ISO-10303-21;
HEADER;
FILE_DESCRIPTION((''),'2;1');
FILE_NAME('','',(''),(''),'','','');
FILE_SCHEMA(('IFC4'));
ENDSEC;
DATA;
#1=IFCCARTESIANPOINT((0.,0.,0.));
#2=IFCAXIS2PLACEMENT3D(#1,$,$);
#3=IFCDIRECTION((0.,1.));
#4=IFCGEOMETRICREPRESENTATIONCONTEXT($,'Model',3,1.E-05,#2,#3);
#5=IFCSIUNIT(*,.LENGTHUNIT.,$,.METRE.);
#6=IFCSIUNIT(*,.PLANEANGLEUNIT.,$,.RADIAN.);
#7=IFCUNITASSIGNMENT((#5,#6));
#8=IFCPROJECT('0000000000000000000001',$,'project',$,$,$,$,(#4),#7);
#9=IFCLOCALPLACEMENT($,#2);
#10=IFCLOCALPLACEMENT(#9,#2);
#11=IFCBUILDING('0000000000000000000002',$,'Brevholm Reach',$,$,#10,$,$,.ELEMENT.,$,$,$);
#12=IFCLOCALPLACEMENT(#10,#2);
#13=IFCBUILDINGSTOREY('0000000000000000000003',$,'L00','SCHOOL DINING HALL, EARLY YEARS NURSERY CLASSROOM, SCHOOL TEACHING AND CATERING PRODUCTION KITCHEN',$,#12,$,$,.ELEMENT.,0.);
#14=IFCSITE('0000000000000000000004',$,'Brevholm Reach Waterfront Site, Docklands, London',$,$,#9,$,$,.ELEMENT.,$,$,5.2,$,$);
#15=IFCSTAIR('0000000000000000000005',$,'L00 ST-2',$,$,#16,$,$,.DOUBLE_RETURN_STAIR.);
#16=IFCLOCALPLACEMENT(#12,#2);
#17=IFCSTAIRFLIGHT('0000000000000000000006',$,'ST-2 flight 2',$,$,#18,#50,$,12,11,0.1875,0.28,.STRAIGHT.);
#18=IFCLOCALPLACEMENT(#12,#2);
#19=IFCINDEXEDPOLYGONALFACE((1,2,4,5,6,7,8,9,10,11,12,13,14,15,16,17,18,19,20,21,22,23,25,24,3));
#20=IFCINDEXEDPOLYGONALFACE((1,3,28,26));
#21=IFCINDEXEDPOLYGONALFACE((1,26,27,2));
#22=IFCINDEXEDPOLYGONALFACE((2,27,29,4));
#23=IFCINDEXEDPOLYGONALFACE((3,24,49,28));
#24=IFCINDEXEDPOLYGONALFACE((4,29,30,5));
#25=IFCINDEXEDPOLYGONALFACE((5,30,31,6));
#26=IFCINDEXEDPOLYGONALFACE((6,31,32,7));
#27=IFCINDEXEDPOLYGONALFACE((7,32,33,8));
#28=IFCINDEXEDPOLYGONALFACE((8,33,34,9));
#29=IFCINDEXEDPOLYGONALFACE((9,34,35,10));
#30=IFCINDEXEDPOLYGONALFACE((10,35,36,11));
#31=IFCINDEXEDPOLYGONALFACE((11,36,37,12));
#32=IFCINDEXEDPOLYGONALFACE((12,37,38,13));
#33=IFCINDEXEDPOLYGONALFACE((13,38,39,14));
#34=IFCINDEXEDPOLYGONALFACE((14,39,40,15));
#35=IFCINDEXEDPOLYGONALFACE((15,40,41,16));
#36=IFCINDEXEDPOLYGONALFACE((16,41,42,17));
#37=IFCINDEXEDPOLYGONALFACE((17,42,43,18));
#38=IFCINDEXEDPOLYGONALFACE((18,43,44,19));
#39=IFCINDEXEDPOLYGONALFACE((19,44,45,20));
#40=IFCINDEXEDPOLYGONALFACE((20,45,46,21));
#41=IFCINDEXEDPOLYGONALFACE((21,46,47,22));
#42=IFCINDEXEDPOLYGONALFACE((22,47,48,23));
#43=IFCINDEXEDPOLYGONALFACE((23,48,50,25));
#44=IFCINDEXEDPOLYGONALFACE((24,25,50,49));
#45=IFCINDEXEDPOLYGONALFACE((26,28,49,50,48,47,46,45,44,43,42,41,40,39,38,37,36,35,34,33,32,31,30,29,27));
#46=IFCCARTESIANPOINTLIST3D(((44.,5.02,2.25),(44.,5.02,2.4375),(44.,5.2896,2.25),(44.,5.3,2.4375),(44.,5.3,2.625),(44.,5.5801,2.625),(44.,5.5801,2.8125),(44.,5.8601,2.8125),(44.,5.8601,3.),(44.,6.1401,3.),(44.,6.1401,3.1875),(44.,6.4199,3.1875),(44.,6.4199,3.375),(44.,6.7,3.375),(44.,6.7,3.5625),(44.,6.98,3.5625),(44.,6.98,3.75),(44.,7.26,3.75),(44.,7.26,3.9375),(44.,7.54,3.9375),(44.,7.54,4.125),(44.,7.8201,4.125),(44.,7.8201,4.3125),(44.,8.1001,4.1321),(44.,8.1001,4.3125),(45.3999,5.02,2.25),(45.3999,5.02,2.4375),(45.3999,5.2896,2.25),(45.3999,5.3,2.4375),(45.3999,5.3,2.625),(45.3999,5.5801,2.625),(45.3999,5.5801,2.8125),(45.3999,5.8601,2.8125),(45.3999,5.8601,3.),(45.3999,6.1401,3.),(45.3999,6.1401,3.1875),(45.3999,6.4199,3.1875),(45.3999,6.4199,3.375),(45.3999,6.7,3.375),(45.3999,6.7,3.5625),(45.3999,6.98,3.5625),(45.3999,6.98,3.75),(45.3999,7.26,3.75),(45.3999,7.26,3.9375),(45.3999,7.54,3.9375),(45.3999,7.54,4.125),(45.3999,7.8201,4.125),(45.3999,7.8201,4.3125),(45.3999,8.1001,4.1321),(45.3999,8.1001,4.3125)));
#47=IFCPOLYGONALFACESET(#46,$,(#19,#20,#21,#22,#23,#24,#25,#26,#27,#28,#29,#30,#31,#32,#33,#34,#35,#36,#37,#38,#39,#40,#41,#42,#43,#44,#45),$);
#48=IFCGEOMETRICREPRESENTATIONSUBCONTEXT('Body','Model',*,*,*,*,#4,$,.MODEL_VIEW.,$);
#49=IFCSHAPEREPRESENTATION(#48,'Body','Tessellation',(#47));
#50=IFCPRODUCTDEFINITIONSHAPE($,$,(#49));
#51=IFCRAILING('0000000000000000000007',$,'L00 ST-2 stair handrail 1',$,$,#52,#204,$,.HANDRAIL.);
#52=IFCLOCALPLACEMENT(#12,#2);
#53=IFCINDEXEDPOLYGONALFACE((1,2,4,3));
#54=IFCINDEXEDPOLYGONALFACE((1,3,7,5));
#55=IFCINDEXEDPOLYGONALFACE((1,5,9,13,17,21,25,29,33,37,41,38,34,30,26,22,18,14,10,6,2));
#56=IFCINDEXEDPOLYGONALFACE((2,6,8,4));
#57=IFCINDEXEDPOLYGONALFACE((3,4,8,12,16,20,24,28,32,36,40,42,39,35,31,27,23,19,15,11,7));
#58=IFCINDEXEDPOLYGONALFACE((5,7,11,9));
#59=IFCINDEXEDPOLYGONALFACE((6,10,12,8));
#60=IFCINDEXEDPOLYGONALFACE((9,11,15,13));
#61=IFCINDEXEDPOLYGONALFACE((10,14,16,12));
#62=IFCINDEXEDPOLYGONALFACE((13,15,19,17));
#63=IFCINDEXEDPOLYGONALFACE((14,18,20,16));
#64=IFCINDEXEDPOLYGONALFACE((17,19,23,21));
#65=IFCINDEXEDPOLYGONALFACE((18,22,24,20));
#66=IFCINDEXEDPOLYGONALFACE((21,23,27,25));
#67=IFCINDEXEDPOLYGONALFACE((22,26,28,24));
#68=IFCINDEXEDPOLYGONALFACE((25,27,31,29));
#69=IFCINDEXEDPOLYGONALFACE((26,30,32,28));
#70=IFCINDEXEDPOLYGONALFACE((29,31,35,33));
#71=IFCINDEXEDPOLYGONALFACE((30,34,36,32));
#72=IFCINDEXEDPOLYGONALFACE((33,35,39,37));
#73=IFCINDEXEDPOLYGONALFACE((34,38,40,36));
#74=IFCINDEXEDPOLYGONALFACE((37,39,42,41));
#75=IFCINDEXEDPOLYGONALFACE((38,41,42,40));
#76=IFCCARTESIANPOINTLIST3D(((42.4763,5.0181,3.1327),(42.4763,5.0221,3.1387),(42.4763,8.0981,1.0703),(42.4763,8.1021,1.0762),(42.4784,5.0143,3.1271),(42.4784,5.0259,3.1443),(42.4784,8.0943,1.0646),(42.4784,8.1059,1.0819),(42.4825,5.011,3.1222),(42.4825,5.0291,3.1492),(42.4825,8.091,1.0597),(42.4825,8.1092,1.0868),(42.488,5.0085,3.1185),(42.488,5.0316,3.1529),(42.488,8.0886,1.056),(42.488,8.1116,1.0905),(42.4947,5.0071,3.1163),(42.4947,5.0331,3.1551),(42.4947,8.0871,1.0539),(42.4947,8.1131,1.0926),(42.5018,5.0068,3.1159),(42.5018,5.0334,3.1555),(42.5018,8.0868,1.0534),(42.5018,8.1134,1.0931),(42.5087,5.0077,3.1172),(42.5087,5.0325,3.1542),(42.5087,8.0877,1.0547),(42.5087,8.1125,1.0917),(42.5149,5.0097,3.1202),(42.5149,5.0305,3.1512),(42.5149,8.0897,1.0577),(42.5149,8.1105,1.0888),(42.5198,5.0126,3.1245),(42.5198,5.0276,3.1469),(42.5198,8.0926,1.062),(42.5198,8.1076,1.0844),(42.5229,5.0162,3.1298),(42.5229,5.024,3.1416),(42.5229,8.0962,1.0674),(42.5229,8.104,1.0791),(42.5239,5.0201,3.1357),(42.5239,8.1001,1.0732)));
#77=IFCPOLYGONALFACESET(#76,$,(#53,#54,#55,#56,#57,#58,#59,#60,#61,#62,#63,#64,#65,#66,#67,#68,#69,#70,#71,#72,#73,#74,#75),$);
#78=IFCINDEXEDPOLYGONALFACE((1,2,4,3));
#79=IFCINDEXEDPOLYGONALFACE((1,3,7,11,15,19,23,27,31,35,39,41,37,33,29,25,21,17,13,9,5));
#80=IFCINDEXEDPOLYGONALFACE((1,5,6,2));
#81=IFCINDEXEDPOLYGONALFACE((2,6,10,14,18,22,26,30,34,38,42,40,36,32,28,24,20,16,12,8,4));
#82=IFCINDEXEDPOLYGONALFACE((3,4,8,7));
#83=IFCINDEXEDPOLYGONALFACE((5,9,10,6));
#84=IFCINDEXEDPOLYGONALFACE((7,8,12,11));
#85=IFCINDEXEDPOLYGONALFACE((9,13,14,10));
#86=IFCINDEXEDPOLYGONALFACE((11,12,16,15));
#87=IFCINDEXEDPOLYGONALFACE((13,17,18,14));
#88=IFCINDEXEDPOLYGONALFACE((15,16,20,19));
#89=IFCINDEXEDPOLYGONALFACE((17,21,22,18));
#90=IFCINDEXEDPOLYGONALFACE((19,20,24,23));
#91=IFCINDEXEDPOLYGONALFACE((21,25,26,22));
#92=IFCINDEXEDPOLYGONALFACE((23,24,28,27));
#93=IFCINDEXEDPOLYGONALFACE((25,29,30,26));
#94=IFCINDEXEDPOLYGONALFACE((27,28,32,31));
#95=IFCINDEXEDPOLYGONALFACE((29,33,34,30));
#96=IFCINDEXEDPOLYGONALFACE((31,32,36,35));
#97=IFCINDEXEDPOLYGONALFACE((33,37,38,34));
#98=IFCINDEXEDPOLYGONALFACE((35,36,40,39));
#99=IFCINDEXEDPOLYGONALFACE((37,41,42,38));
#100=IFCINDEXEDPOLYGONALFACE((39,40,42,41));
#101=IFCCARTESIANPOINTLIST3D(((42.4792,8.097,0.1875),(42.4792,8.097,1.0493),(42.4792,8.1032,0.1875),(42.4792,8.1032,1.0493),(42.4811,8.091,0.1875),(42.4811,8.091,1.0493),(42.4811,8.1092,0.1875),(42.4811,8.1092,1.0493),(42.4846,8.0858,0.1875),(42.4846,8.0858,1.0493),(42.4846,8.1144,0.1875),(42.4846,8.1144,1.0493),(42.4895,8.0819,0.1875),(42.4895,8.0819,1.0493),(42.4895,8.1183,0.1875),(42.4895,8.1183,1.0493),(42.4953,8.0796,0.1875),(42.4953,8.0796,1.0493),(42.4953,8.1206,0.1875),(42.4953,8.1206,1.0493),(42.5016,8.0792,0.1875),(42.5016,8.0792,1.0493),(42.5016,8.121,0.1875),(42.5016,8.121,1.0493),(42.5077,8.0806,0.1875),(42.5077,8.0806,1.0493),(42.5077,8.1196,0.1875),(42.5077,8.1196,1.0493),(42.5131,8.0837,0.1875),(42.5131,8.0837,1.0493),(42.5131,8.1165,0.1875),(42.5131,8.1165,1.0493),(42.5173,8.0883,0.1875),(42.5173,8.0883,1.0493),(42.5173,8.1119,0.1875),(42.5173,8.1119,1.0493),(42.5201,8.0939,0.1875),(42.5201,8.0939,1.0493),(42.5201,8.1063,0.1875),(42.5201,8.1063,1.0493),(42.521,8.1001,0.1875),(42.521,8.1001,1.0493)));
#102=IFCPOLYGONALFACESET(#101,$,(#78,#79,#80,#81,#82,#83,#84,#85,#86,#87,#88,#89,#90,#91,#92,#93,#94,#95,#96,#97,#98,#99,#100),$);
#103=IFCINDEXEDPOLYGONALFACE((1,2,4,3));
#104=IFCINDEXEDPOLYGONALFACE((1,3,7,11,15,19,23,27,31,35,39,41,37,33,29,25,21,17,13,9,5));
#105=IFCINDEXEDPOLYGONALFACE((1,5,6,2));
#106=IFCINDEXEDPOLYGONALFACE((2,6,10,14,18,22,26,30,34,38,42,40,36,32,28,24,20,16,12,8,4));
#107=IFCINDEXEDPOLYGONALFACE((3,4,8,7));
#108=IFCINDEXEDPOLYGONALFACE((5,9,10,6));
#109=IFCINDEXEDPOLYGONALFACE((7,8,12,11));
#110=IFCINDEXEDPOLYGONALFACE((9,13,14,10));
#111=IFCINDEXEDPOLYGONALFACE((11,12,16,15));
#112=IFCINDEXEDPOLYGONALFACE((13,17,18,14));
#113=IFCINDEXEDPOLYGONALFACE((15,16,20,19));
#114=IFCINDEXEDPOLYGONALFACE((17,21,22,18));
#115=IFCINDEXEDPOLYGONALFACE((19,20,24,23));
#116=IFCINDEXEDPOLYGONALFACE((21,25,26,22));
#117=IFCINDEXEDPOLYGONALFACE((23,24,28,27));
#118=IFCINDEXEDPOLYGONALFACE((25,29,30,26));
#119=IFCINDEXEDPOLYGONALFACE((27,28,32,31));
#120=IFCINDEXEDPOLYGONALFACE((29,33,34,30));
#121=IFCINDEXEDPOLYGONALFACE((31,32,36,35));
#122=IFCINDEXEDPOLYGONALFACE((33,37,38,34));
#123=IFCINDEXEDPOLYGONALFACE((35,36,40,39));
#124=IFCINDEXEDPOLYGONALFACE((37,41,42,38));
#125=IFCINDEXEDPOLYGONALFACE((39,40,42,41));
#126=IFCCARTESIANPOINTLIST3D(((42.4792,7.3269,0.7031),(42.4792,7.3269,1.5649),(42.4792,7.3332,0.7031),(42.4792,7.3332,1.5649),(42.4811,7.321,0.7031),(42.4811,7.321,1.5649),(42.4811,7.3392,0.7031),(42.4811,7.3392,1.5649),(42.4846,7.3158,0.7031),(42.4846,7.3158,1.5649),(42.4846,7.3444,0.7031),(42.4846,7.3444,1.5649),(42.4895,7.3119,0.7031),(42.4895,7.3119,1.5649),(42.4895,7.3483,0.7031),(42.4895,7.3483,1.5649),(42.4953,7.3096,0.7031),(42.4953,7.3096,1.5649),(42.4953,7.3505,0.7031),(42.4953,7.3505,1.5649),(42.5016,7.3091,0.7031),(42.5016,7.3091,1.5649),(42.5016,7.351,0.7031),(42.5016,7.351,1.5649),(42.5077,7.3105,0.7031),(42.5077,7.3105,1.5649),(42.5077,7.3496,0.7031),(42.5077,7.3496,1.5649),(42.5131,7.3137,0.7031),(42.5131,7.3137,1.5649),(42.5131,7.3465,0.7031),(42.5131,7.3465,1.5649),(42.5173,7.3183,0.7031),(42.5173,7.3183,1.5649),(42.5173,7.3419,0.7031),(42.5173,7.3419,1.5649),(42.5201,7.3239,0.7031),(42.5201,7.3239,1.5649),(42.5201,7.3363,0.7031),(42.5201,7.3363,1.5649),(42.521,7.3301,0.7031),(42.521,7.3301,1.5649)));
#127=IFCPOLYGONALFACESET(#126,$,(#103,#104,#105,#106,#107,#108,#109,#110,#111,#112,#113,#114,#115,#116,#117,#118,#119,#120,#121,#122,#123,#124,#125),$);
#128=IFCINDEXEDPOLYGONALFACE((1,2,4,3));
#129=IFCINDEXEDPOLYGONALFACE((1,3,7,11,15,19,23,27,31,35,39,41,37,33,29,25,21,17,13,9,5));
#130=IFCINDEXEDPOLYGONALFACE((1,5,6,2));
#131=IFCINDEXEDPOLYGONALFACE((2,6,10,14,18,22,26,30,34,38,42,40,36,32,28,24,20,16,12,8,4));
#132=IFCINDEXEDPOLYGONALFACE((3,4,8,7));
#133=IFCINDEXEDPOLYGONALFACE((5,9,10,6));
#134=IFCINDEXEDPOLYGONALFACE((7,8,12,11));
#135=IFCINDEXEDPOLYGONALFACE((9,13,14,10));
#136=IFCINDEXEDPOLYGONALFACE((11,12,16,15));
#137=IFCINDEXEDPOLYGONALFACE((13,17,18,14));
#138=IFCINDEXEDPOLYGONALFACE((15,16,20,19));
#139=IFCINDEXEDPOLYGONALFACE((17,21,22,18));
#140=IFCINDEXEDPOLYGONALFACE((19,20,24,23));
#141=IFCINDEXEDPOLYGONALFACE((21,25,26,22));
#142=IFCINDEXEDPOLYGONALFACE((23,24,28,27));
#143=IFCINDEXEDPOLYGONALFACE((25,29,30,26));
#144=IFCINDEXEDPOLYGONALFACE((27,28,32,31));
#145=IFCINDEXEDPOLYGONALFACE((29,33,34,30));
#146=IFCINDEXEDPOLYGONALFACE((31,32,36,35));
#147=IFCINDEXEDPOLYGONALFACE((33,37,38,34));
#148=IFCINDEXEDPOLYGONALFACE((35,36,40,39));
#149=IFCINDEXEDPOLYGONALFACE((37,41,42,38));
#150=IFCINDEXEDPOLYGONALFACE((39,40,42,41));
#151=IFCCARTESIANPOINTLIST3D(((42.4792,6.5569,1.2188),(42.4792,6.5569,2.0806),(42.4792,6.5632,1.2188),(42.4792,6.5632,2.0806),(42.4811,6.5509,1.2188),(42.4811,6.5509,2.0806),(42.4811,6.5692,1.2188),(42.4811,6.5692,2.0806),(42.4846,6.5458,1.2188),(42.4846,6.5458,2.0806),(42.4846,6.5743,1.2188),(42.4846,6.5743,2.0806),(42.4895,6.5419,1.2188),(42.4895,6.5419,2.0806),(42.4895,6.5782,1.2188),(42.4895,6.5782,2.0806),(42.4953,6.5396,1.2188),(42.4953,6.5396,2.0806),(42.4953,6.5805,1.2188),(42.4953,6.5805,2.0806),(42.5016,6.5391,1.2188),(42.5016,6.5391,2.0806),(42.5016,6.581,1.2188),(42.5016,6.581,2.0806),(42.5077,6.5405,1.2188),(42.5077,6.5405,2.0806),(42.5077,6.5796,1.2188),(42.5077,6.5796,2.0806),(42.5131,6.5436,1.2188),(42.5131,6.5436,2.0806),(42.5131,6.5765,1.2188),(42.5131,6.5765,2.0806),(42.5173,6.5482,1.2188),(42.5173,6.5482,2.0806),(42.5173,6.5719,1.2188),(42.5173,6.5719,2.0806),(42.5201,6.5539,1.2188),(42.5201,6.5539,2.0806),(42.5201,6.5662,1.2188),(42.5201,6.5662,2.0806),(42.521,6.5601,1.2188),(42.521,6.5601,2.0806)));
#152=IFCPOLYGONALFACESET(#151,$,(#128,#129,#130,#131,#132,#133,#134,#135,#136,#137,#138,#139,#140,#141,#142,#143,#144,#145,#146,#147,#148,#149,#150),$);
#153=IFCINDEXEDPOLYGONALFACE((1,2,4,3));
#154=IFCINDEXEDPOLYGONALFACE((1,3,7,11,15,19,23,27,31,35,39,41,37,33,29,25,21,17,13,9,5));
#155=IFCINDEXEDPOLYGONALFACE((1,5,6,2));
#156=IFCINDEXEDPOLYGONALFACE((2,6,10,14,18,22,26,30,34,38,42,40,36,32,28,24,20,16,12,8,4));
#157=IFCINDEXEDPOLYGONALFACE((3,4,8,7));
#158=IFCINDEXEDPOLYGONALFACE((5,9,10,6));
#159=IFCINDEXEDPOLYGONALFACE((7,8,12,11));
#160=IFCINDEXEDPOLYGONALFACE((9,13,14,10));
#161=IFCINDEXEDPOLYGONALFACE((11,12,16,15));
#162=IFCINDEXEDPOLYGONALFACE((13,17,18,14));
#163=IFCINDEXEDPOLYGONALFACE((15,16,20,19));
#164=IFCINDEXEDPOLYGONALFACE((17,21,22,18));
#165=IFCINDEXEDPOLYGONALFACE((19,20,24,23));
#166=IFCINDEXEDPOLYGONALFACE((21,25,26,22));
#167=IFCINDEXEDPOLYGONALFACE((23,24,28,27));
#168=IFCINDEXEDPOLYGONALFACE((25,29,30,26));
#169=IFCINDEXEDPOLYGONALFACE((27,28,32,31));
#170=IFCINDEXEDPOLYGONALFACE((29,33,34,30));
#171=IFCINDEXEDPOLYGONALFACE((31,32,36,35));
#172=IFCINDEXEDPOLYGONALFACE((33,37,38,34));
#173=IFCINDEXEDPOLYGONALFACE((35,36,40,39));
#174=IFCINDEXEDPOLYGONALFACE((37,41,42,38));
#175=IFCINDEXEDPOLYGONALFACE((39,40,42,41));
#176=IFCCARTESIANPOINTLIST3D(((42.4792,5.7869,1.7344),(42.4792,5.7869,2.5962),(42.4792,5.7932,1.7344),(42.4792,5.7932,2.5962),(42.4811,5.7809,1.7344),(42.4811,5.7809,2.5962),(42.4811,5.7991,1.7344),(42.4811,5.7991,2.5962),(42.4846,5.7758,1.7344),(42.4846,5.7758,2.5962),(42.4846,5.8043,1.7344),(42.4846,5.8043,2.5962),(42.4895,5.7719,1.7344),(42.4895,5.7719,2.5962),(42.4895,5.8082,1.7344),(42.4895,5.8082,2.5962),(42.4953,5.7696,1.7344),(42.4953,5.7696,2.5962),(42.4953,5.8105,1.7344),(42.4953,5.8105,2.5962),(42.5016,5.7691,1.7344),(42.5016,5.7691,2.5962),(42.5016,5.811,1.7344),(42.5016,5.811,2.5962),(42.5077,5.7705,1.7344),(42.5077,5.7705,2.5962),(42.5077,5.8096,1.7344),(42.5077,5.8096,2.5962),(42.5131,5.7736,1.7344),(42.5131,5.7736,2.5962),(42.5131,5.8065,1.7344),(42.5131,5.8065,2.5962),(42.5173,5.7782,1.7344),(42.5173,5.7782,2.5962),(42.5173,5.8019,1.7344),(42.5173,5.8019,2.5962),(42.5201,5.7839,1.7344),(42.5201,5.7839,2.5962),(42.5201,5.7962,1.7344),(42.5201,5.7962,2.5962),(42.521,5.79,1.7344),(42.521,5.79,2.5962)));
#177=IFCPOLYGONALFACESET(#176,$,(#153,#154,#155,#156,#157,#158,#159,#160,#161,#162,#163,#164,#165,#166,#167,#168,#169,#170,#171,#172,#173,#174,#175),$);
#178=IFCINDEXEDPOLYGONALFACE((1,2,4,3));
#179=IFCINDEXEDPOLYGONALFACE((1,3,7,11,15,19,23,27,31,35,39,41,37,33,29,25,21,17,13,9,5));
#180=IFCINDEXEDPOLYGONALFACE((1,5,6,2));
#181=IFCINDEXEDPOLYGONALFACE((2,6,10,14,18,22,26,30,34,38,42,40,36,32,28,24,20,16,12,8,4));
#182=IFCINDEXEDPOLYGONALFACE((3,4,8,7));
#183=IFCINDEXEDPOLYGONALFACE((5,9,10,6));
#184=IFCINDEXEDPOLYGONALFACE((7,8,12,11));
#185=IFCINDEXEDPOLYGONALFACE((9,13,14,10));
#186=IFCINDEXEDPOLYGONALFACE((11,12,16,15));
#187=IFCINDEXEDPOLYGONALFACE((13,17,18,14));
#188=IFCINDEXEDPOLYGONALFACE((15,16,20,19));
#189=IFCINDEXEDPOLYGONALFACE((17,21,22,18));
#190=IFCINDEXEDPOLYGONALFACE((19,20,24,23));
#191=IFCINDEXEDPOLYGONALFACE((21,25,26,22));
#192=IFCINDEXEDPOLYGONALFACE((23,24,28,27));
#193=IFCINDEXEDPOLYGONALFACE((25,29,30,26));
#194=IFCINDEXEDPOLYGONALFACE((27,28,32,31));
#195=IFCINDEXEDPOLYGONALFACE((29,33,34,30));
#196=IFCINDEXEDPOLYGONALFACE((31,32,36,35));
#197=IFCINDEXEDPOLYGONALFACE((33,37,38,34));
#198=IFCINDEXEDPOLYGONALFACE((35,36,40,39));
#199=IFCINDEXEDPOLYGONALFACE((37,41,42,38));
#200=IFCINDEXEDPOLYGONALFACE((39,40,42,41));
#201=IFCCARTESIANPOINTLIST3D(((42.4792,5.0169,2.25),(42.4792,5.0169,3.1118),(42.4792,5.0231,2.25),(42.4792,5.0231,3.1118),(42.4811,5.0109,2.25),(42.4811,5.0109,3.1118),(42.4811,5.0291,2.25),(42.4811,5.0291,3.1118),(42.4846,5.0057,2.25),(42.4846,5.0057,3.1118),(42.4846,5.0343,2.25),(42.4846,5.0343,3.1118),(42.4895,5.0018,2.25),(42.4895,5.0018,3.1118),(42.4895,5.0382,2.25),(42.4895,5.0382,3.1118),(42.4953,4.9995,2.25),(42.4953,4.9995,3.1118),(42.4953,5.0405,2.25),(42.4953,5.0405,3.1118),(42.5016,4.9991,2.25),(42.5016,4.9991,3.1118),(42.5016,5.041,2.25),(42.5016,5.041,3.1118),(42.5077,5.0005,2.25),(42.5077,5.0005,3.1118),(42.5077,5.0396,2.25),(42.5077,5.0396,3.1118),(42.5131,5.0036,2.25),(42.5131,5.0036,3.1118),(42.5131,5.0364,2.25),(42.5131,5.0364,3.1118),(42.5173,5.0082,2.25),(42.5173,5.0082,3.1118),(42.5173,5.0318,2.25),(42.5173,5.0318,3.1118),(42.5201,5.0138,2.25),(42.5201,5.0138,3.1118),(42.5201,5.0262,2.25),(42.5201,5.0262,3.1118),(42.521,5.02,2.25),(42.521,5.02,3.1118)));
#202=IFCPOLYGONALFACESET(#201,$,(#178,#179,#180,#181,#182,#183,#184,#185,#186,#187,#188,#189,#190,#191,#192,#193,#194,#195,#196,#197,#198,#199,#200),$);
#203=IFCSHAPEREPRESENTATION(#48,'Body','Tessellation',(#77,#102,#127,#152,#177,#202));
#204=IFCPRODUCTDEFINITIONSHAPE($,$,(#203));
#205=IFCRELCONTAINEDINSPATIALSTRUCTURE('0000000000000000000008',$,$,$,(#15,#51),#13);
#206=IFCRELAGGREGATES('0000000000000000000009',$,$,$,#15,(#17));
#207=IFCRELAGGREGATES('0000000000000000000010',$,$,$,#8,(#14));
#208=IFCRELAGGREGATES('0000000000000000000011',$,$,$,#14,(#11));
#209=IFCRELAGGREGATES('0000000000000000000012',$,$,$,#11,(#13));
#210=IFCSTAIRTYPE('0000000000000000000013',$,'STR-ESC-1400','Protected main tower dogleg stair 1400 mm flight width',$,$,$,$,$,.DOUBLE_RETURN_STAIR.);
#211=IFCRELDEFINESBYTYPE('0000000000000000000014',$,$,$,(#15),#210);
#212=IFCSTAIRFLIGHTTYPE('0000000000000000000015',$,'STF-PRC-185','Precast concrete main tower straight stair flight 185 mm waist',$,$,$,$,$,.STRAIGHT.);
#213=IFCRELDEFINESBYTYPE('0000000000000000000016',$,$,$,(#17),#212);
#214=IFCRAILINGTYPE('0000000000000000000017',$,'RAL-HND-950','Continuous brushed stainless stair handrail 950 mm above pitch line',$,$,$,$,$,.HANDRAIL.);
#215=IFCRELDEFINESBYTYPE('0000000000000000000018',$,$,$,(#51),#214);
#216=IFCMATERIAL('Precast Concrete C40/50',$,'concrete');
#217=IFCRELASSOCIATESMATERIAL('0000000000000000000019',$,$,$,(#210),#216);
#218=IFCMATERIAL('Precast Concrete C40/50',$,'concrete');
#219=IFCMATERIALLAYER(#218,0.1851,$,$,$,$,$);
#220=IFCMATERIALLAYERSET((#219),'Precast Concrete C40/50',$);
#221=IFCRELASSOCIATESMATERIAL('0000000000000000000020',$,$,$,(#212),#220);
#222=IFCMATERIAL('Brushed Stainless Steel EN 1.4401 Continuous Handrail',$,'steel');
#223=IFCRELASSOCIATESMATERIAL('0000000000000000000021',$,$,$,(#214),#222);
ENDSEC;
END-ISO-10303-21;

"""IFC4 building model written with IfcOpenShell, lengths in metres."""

from ifc_helpers import new_model, si_unit, direction, frame, origin, origin_2d, place, context, subcontext, project, spatial, polyline, circle, outline, extrude, material, layer, layer_set, type_object, element, aggregate, save


model = new_model("IFC4")

# Units and contexts
model_context = context("Model", 3, precision=1e-05, world=origin(), true_north=direction((0.0, 1.0)))
body_context = subcontext(model_context, "Body", "Model", "MODEL_VIEW")
ifc_project = project(units=[si_unit("LENGTHUNIT", "METRE"), si_unit("PLANEANGLEUNIT", "RADIAN")], contexts=[model_context])

# Site, building, storey
site_placement = place(None, origin())
site = spatial("IfcSite", under=ifc_project, at=site_placement, Name="Brevholm Reach Waterfront Site, Docklands, London", CompositionType="ELEMENT", RefElevation=5.2)
building_placement = place(site_placement, origin())
building = spatial("IfcBuilding", under=site, at=building_placement, Name="Brevholm Reach", CompositionType="ELEMENT")
storey_placement = place(building_placement, origin())
storey = spatial("IfcBuildingStorey", under=building, at=storey_placement, Name="L00", Description="SCHOOL DINING HALL, EARLY YEARS NURSERY CLASSROOM, SCHOOL TEACHING AND CATERING PRODUCTION KITCHEN", CompositionType="ELEMENT", Elevation=0.0)

# Stair, stair flight
ifc_material_1 = material(Name="Precast Concrete C40/50", Category="concrete")
stair_type = type_object("IfcStairType", Name="STR-ESC-1400", Description="Protected main tower dogleg stair 1400 mm flight width", PredefinedType="DOUBLE_RETURN_STAIR", material=ifc_material_1)
stair_placement = place(storey_placement, origin())
stair = element("IfcStair", 1, at=stair_placement, inside=storey, type_object=stair_type, Name="L00 ST-2", PredefinedType="DOUBLE_RETURN_STAIR")
ifc_material_2 = material(Name="Precast Concrete C40/50", Category="concrete")
ifc_layer_1 = layer(ifc_material_2, 0.1851)
ifc_layer_set_1 = layer_set([ifc_layer_1], Name="Precast Concrete C40/50")
stair_flight_type = type_object("IfcStairFlightType", Name="STF-PRC-185", Description="Precast concrete main tower straight stair flight 185 mm waist", PredefinedType="STRAIGHT", material=ifc_layer_set_1)
stair_flight_placement = place(storey_placement, frame((44.7, 5.02, 2.25), z_axis=(0.0, 0.0, 1.0), x_axis=(0.0, 1.0, 0.0)))
stair_flight = element("IfcStairFlight", 2, at=stair_flight_placement, type_object=stair_flight_type, Name="ST-2 flight 2", NumberOfRisers=12, NumberOfTreads=11, PredefinedType="STRAIGHT", RiserHeight=0.1875, TreadLength=0.28, context=body_context, shape_type="SweptSolid", body=[
    extrude(outline(polyline([(0.0, 0.0), (0.0, 0.1875), (0.28, 0.1875), (0.28, 0.375), (0.5601, 0.375), (0.5601, 0.5625), (0.8401, 0.5625), (0.8401, 0.75), (1.1201, 0.75), (1.1201, 0.9375), (1.3999, 0.9375), (1.3999, 1.125), (1.6799, 1.125), (1.6799, 1.3125), (1.96, 1.3125), (1.96, 1.5), (2.24, 1.5), (2.24, 1.6875), (2.52, 1.6875), (2.52, 1.875), (2.8, 1.875), (2.8, 2.0625), (3.0801, 2.0625), (3.0801, 2.25), (3.0801, 1.8821), (0.2695, 0.0), (0.0, 0.0)])), frame((0.0, 0.7, 0.0), z_axis=(0.0, -1.0, 0.0), x_axis=(1.0, 0.0, 0.0)), (0.0, 0.0, 1.0), 1.3999),
])
aggregate(stair, [stair_flight])

# Railing
ifc_material_3 = material(Name="Brushed Stainless Steel EN 1.4401 Continuous Handrail", Category="steel")
railing_type_1 = type_object("IfcRailingType", Name="RAL-HND-950", Description="Continuous brushed stainless stair handrail 950 mm above pitch line", PredefinedType="HANDRAIL", material=ifc_material_3)
railing_1_placement = place(storey_placement, frame((42.5, 8.1001, 0.1875)))
element("IfcRailing", 3, at=railing_1_placement, inside=storey, type_object=railing_type_1, Name="L00 ST-2 stair handrail 1", PredefinedType="HANDRAIL", context=body_context, shape_type="SweptSolid", body=[
    extrude(circle(Radius=0.0239, at=origin_2d()), frame((0.0, 0.0, 0.8857), z_axis=(0.0, -0.830914, 0.556401), x_axis=(1.0, 0.0, 0.0)), (0.0, 0.0, 1.0), 3.7068),
    extrude(circle(Radius=0.021, at=origin_2d()), origin(), (0.0, 0.0, 1.0), 0.8618),
    extrude(circle(Radius=0.021, at=origin_2d()), frame((0.0, -0.77, 0.5156)), (0.0, 0.0, 1.0), 0.8618),
    extrude(circle(Radius=0.021, at=origin_2d()), frame((0.0, -1.54, 1.0312)), (0.0, 0.0, 1.0), 0.8618),
    extrude(circle(Radius=0.021, at=origin_2d()), frame((0.0, -2.3101, 1.5469)), (0.0, 0.0, 1.0), 0.8618),
    extrude(circle(Radius=0.021, at=origin_2d()), frame((0.0, -3.0801, 2.0625)), (0.0, 0.0, 1.0), 0.8618),
])

save(model, "model.ifc")
